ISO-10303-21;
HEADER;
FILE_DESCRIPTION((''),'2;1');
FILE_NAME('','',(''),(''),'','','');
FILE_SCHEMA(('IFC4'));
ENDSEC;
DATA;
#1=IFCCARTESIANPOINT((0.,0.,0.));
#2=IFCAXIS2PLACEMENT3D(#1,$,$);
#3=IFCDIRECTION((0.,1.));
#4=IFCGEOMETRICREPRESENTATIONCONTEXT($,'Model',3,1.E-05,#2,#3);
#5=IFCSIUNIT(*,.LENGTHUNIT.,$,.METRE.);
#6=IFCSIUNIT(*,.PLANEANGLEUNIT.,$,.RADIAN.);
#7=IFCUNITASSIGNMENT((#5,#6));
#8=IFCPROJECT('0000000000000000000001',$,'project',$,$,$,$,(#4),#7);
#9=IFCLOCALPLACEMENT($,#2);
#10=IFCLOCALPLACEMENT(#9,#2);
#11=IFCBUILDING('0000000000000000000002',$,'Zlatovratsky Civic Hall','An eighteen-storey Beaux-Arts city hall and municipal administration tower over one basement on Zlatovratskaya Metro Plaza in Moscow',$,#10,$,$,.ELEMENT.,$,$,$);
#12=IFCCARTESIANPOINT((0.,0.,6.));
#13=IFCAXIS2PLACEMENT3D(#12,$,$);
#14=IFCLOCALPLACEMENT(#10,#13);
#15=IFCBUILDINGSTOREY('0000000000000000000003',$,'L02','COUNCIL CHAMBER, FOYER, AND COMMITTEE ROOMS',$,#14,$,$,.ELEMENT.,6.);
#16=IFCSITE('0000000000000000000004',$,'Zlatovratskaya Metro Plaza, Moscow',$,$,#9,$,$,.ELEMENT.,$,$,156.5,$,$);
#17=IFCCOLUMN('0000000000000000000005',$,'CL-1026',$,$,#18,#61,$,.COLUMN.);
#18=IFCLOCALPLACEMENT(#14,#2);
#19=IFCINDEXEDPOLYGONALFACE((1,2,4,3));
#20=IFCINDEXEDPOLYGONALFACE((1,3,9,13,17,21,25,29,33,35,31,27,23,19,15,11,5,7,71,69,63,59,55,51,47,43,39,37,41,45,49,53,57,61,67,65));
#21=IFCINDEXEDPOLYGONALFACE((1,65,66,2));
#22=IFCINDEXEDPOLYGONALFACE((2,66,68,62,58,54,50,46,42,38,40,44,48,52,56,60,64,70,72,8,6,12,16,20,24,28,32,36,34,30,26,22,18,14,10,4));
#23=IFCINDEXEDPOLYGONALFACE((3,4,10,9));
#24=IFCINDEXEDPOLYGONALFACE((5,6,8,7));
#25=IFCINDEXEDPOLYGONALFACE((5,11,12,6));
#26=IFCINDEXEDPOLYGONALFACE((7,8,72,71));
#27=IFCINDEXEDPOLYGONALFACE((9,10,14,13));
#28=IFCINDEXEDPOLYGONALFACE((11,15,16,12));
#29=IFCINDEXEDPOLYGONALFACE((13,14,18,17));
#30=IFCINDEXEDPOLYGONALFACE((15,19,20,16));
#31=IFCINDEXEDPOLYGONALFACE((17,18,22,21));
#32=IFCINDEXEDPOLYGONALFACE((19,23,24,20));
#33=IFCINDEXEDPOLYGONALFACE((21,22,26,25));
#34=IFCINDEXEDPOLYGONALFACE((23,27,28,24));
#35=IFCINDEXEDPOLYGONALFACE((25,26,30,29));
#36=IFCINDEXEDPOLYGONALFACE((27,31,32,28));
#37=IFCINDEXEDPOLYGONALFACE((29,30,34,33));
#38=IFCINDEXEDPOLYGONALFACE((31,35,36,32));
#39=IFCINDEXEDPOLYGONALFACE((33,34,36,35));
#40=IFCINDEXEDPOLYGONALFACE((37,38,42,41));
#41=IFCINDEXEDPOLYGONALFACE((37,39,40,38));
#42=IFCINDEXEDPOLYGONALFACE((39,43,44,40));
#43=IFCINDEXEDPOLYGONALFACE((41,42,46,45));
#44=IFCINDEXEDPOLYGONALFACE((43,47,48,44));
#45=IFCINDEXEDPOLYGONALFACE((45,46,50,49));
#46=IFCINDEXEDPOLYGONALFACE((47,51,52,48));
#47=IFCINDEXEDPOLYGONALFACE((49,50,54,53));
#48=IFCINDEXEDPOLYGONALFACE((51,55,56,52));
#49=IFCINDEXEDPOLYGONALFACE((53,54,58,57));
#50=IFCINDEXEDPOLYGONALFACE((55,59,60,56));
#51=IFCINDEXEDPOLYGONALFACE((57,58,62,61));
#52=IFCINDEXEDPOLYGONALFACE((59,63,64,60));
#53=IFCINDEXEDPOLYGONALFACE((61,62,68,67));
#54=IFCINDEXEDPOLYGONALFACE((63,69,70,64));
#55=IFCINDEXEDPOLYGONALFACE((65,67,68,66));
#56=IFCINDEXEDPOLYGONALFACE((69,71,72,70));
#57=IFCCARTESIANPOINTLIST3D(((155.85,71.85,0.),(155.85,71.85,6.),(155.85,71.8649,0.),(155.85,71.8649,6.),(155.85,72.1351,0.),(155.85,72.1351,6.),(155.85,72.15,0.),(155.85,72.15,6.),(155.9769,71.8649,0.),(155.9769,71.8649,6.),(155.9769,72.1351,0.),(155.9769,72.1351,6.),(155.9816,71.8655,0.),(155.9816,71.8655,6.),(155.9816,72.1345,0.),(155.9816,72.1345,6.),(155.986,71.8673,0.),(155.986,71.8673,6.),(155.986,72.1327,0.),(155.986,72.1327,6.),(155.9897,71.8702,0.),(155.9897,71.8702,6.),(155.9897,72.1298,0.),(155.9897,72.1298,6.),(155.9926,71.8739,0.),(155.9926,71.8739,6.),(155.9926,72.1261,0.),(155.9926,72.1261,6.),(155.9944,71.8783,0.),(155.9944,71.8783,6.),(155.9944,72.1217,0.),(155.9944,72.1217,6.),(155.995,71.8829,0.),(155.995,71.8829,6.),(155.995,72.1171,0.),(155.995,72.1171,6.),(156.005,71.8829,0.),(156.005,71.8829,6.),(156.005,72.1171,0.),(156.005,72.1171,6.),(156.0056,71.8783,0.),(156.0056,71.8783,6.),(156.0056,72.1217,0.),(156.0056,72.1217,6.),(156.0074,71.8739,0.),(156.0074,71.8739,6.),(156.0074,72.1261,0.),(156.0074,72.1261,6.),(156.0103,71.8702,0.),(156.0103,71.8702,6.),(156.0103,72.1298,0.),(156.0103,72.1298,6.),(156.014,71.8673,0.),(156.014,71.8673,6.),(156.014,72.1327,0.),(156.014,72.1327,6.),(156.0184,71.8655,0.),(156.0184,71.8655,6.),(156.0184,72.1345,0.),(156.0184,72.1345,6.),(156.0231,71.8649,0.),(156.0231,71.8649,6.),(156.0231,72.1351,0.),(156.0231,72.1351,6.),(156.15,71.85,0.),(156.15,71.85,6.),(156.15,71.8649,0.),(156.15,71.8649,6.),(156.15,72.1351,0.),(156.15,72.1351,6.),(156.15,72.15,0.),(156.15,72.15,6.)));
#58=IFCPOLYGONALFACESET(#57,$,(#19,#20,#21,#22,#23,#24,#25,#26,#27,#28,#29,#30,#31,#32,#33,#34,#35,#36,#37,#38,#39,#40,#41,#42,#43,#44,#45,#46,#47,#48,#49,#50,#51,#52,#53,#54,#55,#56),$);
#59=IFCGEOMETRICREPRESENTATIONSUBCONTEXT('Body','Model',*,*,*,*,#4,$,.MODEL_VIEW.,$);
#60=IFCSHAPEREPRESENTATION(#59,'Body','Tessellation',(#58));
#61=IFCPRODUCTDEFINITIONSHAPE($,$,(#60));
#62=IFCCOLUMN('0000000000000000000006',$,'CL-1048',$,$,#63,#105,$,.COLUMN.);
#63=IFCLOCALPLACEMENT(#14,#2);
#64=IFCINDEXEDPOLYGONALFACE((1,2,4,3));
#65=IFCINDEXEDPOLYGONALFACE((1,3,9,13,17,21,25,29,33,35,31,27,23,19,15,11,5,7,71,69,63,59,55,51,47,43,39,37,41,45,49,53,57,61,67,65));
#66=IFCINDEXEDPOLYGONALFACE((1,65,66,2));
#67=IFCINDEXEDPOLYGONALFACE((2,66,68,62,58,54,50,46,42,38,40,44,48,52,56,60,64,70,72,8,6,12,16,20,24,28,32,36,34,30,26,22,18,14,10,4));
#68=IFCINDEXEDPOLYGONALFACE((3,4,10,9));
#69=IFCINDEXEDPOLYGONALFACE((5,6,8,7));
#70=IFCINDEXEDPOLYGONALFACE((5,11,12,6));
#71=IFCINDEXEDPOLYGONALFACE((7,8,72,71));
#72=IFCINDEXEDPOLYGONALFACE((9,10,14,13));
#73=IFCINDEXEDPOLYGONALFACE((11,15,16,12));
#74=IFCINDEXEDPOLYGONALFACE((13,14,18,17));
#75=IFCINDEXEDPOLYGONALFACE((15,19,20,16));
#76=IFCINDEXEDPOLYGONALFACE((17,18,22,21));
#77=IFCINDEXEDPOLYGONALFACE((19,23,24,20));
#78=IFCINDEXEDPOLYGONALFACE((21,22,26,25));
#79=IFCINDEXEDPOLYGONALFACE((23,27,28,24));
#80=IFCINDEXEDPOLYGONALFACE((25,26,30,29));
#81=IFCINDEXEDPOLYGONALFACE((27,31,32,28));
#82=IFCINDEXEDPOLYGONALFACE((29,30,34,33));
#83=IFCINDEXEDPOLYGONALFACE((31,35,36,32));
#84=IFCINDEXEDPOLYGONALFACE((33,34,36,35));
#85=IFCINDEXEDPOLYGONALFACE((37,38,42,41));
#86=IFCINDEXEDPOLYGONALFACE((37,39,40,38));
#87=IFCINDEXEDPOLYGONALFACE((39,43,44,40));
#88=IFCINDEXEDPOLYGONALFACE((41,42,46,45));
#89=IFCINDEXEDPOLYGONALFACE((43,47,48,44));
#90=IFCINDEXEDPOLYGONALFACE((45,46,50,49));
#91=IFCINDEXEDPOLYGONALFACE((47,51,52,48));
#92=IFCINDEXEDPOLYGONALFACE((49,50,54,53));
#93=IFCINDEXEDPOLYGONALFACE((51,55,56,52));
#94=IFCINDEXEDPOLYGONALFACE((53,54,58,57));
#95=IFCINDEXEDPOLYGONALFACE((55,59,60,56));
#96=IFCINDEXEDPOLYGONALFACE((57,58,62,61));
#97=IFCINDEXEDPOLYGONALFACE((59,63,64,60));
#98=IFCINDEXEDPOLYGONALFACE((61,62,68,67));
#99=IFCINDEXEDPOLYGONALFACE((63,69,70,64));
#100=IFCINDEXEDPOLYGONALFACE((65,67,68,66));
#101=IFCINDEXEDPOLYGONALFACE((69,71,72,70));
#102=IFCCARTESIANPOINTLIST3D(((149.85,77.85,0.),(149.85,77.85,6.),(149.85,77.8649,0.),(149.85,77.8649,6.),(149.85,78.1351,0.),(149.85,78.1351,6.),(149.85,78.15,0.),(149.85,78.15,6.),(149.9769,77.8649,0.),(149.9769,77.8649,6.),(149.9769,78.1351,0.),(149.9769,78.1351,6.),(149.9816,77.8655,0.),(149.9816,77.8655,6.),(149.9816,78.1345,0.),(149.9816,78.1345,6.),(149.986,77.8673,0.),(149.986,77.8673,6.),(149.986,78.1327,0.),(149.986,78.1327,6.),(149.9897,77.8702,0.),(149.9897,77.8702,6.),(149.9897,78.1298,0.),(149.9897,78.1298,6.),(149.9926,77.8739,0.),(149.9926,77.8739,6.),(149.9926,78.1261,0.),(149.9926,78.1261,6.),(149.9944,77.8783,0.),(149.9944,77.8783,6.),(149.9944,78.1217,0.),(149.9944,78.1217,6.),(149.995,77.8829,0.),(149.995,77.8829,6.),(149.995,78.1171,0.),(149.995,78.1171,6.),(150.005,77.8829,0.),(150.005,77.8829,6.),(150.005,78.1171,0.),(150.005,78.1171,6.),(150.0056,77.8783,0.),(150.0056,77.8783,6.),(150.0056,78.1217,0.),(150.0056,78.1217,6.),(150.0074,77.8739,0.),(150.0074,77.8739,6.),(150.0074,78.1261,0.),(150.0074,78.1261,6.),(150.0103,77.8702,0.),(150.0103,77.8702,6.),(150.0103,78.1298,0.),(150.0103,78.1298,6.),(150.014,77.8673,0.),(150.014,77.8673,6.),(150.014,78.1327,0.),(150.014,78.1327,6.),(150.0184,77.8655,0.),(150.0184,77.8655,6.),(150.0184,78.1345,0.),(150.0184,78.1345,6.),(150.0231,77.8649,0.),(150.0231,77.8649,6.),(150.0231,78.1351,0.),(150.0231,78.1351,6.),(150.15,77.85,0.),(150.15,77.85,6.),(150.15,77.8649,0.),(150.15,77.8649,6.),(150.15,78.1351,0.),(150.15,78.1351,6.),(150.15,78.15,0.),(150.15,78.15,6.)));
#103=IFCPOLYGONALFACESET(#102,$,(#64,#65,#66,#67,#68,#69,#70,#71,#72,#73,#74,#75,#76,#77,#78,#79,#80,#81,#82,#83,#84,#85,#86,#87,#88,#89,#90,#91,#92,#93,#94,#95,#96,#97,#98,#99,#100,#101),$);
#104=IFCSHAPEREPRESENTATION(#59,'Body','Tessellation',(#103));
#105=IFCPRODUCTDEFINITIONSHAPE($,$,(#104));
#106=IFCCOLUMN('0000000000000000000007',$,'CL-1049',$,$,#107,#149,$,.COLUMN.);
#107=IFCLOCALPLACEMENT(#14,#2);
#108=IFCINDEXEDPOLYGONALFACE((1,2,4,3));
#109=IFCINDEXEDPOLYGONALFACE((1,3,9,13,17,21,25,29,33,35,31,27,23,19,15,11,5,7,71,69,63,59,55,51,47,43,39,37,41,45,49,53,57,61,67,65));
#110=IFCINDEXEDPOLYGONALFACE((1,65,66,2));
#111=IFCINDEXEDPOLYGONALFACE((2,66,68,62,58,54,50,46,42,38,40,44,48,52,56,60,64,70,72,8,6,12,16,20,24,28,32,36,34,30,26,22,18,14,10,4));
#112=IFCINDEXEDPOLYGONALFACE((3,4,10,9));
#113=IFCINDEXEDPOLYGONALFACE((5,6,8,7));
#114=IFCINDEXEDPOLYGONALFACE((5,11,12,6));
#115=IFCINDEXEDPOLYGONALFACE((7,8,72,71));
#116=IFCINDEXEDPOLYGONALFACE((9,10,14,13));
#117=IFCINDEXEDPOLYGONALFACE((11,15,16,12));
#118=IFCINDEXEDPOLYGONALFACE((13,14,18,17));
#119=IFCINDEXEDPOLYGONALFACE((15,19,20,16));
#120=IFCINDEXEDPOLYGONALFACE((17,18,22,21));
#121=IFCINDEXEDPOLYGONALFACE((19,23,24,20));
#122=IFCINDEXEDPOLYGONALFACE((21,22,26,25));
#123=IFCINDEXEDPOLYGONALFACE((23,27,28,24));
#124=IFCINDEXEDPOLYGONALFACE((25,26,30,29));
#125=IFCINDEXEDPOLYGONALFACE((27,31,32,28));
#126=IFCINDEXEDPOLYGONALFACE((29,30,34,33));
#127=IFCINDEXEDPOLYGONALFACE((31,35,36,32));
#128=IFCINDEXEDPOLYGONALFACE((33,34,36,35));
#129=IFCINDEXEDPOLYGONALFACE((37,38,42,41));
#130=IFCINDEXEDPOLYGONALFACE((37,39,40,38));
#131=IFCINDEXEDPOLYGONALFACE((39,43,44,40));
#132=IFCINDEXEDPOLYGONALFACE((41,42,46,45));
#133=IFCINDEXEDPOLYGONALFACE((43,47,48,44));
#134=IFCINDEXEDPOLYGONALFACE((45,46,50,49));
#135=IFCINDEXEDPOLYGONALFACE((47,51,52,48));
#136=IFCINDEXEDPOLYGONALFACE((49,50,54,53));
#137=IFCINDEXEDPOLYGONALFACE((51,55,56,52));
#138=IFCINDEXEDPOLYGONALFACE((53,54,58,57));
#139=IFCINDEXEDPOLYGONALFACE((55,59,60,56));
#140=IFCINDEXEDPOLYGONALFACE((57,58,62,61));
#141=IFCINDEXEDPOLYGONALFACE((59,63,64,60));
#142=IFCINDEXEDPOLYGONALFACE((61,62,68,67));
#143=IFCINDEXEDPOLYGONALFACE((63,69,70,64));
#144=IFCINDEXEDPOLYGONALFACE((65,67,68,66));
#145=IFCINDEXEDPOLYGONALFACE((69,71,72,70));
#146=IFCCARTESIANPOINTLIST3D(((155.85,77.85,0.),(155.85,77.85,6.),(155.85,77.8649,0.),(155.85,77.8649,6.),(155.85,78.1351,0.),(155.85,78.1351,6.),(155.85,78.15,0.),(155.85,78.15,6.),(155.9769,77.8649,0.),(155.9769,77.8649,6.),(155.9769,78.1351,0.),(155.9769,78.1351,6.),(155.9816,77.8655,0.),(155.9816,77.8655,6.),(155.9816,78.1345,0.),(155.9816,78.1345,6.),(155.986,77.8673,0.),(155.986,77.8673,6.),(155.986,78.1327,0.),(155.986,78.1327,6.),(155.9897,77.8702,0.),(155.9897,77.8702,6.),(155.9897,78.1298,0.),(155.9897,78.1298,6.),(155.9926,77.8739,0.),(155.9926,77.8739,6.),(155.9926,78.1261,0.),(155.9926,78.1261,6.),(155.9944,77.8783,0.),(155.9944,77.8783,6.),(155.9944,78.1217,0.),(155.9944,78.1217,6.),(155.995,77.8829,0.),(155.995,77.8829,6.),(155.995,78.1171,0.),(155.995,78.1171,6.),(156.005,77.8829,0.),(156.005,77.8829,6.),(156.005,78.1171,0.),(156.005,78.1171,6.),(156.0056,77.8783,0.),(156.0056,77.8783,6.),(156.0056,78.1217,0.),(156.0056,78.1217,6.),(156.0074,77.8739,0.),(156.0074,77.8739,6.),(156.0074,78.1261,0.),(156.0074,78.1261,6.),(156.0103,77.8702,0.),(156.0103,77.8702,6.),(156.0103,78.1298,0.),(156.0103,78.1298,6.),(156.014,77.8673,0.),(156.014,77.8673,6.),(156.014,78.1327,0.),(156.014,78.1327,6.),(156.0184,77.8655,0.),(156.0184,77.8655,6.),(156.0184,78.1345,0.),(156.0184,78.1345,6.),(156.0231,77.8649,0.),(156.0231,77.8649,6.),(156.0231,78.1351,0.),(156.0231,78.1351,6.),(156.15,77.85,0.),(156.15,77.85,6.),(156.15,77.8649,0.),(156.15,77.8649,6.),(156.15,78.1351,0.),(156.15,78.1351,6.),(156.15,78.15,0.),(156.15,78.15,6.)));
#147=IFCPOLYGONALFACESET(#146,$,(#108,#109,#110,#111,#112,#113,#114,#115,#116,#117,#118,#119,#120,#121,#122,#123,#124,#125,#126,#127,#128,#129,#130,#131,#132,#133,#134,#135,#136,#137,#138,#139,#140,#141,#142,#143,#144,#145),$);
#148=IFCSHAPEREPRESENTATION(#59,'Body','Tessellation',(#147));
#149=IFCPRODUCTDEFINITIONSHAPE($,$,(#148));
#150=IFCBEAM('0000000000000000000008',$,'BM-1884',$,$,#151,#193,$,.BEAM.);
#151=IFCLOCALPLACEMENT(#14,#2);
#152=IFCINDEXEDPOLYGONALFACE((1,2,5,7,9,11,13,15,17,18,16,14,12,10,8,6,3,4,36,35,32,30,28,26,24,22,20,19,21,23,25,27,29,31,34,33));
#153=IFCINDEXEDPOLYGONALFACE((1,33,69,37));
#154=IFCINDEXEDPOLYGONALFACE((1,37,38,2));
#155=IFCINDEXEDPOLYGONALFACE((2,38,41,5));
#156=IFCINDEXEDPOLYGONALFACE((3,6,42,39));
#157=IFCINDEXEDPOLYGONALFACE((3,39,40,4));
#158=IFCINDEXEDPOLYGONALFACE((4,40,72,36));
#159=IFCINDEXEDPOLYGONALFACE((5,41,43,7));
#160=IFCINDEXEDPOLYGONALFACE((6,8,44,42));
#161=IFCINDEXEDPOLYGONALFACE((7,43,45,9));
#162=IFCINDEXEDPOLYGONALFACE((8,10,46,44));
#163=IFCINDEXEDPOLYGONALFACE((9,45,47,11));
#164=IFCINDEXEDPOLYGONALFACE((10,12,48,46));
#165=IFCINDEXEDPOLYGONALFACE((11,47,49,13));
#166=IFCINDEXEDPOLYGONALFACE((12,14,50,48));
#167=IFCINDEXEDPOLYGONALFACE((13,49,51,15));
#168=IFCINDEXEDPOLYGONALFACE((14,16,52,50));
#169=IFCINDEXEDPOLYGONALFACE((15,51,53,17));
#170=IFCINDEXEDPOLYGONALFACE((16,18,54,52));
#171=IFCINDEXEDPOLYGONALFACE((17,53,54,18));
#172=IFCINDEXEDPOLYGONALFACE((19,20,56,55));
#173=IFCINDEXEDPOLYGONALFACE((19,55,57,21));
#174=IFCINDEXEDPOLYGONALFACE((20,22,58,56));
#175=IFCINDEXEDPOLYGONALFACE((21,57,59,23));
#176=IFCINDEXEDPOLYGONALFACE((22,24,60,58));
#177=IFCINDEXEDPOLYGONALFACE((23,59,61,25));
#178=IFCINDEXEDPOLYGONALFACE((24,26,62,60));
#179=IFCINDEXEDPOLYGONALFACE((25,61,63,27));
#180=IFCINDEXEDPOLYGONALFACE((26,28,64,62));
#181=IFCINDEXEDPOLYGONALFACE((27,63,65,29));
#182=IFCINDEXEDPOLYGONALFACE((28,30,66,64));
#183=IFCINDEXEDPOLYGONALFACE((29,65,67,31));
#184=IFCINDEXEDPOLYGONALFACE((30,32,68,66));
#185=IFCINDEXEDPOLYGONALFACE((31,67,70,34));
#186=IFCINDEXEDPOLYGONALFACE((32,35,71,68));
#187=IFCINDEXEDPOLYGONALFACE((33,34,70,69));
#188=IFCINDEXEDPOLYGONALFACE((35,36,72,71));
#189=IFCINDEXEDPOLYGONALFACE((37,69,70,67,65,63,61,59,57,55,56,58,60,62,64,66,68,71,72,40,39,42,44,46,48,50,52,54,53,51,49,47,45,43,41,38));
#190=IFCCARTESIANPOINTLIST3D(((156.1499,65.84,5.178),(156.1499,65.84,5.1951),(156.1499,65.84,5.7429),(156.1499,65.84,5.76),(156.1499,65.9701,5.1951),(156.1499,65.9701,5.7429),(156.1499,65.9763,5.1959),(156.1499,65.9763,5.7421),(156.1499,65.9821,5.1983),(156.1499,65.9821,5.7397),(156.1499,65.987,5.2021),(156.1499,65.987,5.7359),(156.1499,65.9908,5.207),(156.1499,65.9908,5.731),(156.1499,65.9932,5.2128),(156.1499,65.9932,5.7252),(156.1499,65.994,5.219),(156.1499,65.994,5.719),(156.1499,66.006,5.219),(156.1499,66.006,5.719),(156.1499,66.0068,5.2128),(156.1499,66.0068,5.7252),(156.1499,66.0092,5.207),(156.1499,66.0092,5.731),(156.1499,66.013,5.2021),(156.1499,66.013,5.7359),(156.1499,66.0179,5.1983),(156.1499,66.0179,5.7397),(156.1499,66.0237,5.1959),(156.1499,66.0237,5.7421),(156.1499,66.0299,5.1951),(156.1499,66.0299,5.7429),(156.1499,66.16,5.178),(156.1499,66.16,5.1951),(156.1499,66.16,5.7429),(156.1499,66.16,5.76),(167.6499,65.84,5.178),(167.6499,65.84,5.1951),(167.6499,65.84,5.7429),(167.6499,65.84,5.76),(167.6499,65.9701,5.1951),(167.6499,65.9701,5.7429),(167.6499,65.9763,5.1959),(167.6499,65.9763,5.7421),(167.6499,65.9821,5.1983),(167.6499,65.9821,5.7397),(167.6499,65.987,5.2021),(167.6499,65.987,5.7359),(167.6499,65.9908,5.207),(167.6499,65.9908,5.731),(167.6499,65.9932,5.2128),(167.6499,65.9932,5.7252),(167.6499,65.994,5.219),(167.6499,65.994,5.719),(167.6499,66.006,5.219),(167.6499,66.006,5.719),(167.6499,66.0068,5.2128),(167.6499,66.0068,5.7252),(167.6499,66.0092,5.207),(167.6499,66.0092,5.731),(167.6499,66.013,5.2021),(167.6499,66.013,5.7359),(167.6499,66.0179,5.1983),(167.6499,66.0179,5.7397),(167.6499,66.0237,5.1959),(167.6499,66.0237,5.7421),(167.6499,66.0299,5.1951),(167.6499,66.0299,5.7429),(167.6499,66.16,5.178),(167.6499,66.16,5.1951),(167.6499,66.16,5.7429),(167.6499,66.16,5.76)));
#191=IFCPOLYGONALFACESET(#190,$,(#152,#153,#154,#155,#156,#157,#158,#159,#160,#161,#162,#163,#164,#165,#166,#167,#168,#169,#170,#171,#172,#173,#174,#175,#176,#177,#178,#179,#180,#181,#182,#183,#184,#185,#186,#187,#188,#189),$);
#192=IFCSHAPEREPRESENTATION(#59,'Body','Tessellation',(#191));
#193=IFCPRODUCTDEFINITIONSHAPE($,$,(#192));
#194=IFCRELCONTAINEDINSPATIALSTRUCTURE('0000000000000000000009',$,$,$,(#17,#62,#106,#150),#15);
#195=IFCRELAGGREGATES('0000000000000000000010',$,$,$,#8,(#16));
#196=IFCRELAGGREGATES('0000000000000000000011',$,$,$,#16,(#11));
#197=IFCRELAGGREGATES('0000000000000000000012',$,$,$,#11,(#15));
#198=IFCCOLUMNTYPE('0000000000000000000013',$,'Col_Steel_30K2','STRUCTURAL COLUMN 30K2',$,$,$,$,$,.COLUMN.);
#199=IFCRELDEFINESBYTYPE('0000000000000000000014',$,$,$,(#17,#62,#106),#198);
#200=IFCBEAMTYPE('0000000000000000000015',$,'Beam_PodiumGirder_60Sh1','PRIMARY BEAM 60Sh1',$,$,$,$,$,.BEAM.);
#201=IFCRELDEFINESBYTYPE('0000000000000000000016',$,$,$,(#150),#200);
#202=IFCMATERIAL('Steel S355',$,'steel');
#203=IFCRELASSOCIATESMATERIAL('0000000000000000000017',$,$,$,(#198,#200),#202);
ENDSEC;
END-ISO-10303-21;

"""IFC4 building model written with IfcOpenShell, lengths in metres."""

from ifc_helpers import new_model, si_unit, direction, frame, origin, origin_2d, place, context, subcontext, project, spatial, i_section, extrude, material, material_profile, profile_set, type_object, element, save


model = new_model("IFC4")

# Units and contexts
model_context = context("Model", 3, precision=1e-05, world=origin(), true_north=direction((0.0, 1.0)))
body_context = subcontext(model_context, "Body", "Model", "MODEL_VIEW")
ifc_project = project(units=[si_unit("LENGTHUNIT", "METRE"), si_unit("PLANEANGLEUNIT", "RADIAN")], contexts=[model_context])

# Site, building, storey
site_placement = place(None, origin())
site = spatial("IfcSite", under=ifc_project, at=site_placement, Name="Zlatovratskaya Metro Plaza, Moscow", CompositionType="ELEMENT", RefElevation=156.5)
building_placement = place(site_placement, origin())
building = spatial("IfcBuilding", under=site, at=building_placement, Name="Zlatovratsky Civic Hall", Description="An eighteen-storey Beaux-Arts city hall and municipal administration tower over one basement on Zlatovratskaya Metro Plaza in Moscow", CompositionType="ELEMENT")
storey_placement = place(building_placement, frame((0.0, 0.0, 6.0)))
storey = spatial("IfcBuildingStorey", under=building, at=storey_placement, Name="L02", Description="COUNCIL CHAMBER, FOYER, AND COMMITTEE ROOMS", CompositionType="ELEMENT", Elevation=6.0)

# Columns
ifc_material_1 = material(Name="Steel S355", Category="steel")
ifc_material_profile_1 = material_profile(ifc_material_1, i_section(OverallWidth=0.3, OverallDepth=0.3, WebThickness=0.01, FlangeThickness=0.0149, FilletRadius=0.0181, at=origin_2d()), Name="30K2")
ifc_profile_set_1 = profile_set([ifc_material_profile_1], Name="Steel S355")
column_type_1 = type_object("IfcColumnType", Name="Col_Steel_30K2", Description="STRUCTURAL COLUMN 30K2", PredefinedType="COLUMN", material=ifc_profile_set_1)
for number, where, z_axis, x_axis, name in (
    (1, (156.0, 72.0, 0.0), (0.0, 0.0, 1.0), (1.0, 0.0, 0.0), "CL-1026"),
    (2, (150.0, 78.0, 0.0), (0.0, 0.0, 1.0), (1.0, 0.0, 0.0), "CL-1048"),
    (3, (156.0, 78.0, 0.0), (0.0, 0.0, 1.0), (1.0, 0.0, 0.0), "CL-1049"),
):
    element("IfcColumn", number, at=place(storey_placement, frame(where, z_axis=z_axis, x_axis=x_axis)), inside=storey, type_object=column_type_1, Name=name, PredefinedType="COLUMN", context=body_context, shape_type="SweptSolid", body=[
        extrude(i_section(OverallWidth=0.3, OverallDepth=0.3, WebThickness=0.01, FlangeThickness=0.0149, FilletRadius=0.0181, at=origin_2d()), origin(), (0.0, 0.0, 1.0), 6.0),
    ])

# Beam
ifc_material_profile_2 = material_profile(ifc_material_1, i_section(OverallWidth=0.3201, OverallDepth=0.582, WebThickness=0.012, FlangeThickness=0.0171, FilletRadius=0.0239, at=origin_2d()), Name="60Sh1")
ifc_profile_set_2 = profile_set([ifc_material_profile_2], Name="Steel S355")
beam_type_1 = type_object("IfcBeamType", Name="Beam_PodiumGirder_60Sh1", Description="PRIMARY BEAM 60Sh1", PredefinedType="BEAM", material=ifc_profile_set_2)
for number, where, z_axis, x_axis, name in (
    (4, (156.1499, 66.0, 5.469), (1.0, 0.0, 0.0), (0.0, 1.0, 0.0), "BM-1884"),
):
    element("IfcBeam", number, at=place(storey_placement, frame(where, z_axis=z_axis, x_axis=x_axis)), inside=storey, type_object=beam_type_1, Name=name, PredefinedType="BEAM", context=body_context, shape_type="SweptSolid", body=[
        extrude(i_section(OverallWidth=0.3201, OverallDepth=0.582, WebThickness=0.012, FlangeThickness=0.0171, FilletRadius=0.0239, at=origin_2d()), origin(), (0.0, 0.0, 1.0), 11.5),
    ])

save(model, "model.ifc")
